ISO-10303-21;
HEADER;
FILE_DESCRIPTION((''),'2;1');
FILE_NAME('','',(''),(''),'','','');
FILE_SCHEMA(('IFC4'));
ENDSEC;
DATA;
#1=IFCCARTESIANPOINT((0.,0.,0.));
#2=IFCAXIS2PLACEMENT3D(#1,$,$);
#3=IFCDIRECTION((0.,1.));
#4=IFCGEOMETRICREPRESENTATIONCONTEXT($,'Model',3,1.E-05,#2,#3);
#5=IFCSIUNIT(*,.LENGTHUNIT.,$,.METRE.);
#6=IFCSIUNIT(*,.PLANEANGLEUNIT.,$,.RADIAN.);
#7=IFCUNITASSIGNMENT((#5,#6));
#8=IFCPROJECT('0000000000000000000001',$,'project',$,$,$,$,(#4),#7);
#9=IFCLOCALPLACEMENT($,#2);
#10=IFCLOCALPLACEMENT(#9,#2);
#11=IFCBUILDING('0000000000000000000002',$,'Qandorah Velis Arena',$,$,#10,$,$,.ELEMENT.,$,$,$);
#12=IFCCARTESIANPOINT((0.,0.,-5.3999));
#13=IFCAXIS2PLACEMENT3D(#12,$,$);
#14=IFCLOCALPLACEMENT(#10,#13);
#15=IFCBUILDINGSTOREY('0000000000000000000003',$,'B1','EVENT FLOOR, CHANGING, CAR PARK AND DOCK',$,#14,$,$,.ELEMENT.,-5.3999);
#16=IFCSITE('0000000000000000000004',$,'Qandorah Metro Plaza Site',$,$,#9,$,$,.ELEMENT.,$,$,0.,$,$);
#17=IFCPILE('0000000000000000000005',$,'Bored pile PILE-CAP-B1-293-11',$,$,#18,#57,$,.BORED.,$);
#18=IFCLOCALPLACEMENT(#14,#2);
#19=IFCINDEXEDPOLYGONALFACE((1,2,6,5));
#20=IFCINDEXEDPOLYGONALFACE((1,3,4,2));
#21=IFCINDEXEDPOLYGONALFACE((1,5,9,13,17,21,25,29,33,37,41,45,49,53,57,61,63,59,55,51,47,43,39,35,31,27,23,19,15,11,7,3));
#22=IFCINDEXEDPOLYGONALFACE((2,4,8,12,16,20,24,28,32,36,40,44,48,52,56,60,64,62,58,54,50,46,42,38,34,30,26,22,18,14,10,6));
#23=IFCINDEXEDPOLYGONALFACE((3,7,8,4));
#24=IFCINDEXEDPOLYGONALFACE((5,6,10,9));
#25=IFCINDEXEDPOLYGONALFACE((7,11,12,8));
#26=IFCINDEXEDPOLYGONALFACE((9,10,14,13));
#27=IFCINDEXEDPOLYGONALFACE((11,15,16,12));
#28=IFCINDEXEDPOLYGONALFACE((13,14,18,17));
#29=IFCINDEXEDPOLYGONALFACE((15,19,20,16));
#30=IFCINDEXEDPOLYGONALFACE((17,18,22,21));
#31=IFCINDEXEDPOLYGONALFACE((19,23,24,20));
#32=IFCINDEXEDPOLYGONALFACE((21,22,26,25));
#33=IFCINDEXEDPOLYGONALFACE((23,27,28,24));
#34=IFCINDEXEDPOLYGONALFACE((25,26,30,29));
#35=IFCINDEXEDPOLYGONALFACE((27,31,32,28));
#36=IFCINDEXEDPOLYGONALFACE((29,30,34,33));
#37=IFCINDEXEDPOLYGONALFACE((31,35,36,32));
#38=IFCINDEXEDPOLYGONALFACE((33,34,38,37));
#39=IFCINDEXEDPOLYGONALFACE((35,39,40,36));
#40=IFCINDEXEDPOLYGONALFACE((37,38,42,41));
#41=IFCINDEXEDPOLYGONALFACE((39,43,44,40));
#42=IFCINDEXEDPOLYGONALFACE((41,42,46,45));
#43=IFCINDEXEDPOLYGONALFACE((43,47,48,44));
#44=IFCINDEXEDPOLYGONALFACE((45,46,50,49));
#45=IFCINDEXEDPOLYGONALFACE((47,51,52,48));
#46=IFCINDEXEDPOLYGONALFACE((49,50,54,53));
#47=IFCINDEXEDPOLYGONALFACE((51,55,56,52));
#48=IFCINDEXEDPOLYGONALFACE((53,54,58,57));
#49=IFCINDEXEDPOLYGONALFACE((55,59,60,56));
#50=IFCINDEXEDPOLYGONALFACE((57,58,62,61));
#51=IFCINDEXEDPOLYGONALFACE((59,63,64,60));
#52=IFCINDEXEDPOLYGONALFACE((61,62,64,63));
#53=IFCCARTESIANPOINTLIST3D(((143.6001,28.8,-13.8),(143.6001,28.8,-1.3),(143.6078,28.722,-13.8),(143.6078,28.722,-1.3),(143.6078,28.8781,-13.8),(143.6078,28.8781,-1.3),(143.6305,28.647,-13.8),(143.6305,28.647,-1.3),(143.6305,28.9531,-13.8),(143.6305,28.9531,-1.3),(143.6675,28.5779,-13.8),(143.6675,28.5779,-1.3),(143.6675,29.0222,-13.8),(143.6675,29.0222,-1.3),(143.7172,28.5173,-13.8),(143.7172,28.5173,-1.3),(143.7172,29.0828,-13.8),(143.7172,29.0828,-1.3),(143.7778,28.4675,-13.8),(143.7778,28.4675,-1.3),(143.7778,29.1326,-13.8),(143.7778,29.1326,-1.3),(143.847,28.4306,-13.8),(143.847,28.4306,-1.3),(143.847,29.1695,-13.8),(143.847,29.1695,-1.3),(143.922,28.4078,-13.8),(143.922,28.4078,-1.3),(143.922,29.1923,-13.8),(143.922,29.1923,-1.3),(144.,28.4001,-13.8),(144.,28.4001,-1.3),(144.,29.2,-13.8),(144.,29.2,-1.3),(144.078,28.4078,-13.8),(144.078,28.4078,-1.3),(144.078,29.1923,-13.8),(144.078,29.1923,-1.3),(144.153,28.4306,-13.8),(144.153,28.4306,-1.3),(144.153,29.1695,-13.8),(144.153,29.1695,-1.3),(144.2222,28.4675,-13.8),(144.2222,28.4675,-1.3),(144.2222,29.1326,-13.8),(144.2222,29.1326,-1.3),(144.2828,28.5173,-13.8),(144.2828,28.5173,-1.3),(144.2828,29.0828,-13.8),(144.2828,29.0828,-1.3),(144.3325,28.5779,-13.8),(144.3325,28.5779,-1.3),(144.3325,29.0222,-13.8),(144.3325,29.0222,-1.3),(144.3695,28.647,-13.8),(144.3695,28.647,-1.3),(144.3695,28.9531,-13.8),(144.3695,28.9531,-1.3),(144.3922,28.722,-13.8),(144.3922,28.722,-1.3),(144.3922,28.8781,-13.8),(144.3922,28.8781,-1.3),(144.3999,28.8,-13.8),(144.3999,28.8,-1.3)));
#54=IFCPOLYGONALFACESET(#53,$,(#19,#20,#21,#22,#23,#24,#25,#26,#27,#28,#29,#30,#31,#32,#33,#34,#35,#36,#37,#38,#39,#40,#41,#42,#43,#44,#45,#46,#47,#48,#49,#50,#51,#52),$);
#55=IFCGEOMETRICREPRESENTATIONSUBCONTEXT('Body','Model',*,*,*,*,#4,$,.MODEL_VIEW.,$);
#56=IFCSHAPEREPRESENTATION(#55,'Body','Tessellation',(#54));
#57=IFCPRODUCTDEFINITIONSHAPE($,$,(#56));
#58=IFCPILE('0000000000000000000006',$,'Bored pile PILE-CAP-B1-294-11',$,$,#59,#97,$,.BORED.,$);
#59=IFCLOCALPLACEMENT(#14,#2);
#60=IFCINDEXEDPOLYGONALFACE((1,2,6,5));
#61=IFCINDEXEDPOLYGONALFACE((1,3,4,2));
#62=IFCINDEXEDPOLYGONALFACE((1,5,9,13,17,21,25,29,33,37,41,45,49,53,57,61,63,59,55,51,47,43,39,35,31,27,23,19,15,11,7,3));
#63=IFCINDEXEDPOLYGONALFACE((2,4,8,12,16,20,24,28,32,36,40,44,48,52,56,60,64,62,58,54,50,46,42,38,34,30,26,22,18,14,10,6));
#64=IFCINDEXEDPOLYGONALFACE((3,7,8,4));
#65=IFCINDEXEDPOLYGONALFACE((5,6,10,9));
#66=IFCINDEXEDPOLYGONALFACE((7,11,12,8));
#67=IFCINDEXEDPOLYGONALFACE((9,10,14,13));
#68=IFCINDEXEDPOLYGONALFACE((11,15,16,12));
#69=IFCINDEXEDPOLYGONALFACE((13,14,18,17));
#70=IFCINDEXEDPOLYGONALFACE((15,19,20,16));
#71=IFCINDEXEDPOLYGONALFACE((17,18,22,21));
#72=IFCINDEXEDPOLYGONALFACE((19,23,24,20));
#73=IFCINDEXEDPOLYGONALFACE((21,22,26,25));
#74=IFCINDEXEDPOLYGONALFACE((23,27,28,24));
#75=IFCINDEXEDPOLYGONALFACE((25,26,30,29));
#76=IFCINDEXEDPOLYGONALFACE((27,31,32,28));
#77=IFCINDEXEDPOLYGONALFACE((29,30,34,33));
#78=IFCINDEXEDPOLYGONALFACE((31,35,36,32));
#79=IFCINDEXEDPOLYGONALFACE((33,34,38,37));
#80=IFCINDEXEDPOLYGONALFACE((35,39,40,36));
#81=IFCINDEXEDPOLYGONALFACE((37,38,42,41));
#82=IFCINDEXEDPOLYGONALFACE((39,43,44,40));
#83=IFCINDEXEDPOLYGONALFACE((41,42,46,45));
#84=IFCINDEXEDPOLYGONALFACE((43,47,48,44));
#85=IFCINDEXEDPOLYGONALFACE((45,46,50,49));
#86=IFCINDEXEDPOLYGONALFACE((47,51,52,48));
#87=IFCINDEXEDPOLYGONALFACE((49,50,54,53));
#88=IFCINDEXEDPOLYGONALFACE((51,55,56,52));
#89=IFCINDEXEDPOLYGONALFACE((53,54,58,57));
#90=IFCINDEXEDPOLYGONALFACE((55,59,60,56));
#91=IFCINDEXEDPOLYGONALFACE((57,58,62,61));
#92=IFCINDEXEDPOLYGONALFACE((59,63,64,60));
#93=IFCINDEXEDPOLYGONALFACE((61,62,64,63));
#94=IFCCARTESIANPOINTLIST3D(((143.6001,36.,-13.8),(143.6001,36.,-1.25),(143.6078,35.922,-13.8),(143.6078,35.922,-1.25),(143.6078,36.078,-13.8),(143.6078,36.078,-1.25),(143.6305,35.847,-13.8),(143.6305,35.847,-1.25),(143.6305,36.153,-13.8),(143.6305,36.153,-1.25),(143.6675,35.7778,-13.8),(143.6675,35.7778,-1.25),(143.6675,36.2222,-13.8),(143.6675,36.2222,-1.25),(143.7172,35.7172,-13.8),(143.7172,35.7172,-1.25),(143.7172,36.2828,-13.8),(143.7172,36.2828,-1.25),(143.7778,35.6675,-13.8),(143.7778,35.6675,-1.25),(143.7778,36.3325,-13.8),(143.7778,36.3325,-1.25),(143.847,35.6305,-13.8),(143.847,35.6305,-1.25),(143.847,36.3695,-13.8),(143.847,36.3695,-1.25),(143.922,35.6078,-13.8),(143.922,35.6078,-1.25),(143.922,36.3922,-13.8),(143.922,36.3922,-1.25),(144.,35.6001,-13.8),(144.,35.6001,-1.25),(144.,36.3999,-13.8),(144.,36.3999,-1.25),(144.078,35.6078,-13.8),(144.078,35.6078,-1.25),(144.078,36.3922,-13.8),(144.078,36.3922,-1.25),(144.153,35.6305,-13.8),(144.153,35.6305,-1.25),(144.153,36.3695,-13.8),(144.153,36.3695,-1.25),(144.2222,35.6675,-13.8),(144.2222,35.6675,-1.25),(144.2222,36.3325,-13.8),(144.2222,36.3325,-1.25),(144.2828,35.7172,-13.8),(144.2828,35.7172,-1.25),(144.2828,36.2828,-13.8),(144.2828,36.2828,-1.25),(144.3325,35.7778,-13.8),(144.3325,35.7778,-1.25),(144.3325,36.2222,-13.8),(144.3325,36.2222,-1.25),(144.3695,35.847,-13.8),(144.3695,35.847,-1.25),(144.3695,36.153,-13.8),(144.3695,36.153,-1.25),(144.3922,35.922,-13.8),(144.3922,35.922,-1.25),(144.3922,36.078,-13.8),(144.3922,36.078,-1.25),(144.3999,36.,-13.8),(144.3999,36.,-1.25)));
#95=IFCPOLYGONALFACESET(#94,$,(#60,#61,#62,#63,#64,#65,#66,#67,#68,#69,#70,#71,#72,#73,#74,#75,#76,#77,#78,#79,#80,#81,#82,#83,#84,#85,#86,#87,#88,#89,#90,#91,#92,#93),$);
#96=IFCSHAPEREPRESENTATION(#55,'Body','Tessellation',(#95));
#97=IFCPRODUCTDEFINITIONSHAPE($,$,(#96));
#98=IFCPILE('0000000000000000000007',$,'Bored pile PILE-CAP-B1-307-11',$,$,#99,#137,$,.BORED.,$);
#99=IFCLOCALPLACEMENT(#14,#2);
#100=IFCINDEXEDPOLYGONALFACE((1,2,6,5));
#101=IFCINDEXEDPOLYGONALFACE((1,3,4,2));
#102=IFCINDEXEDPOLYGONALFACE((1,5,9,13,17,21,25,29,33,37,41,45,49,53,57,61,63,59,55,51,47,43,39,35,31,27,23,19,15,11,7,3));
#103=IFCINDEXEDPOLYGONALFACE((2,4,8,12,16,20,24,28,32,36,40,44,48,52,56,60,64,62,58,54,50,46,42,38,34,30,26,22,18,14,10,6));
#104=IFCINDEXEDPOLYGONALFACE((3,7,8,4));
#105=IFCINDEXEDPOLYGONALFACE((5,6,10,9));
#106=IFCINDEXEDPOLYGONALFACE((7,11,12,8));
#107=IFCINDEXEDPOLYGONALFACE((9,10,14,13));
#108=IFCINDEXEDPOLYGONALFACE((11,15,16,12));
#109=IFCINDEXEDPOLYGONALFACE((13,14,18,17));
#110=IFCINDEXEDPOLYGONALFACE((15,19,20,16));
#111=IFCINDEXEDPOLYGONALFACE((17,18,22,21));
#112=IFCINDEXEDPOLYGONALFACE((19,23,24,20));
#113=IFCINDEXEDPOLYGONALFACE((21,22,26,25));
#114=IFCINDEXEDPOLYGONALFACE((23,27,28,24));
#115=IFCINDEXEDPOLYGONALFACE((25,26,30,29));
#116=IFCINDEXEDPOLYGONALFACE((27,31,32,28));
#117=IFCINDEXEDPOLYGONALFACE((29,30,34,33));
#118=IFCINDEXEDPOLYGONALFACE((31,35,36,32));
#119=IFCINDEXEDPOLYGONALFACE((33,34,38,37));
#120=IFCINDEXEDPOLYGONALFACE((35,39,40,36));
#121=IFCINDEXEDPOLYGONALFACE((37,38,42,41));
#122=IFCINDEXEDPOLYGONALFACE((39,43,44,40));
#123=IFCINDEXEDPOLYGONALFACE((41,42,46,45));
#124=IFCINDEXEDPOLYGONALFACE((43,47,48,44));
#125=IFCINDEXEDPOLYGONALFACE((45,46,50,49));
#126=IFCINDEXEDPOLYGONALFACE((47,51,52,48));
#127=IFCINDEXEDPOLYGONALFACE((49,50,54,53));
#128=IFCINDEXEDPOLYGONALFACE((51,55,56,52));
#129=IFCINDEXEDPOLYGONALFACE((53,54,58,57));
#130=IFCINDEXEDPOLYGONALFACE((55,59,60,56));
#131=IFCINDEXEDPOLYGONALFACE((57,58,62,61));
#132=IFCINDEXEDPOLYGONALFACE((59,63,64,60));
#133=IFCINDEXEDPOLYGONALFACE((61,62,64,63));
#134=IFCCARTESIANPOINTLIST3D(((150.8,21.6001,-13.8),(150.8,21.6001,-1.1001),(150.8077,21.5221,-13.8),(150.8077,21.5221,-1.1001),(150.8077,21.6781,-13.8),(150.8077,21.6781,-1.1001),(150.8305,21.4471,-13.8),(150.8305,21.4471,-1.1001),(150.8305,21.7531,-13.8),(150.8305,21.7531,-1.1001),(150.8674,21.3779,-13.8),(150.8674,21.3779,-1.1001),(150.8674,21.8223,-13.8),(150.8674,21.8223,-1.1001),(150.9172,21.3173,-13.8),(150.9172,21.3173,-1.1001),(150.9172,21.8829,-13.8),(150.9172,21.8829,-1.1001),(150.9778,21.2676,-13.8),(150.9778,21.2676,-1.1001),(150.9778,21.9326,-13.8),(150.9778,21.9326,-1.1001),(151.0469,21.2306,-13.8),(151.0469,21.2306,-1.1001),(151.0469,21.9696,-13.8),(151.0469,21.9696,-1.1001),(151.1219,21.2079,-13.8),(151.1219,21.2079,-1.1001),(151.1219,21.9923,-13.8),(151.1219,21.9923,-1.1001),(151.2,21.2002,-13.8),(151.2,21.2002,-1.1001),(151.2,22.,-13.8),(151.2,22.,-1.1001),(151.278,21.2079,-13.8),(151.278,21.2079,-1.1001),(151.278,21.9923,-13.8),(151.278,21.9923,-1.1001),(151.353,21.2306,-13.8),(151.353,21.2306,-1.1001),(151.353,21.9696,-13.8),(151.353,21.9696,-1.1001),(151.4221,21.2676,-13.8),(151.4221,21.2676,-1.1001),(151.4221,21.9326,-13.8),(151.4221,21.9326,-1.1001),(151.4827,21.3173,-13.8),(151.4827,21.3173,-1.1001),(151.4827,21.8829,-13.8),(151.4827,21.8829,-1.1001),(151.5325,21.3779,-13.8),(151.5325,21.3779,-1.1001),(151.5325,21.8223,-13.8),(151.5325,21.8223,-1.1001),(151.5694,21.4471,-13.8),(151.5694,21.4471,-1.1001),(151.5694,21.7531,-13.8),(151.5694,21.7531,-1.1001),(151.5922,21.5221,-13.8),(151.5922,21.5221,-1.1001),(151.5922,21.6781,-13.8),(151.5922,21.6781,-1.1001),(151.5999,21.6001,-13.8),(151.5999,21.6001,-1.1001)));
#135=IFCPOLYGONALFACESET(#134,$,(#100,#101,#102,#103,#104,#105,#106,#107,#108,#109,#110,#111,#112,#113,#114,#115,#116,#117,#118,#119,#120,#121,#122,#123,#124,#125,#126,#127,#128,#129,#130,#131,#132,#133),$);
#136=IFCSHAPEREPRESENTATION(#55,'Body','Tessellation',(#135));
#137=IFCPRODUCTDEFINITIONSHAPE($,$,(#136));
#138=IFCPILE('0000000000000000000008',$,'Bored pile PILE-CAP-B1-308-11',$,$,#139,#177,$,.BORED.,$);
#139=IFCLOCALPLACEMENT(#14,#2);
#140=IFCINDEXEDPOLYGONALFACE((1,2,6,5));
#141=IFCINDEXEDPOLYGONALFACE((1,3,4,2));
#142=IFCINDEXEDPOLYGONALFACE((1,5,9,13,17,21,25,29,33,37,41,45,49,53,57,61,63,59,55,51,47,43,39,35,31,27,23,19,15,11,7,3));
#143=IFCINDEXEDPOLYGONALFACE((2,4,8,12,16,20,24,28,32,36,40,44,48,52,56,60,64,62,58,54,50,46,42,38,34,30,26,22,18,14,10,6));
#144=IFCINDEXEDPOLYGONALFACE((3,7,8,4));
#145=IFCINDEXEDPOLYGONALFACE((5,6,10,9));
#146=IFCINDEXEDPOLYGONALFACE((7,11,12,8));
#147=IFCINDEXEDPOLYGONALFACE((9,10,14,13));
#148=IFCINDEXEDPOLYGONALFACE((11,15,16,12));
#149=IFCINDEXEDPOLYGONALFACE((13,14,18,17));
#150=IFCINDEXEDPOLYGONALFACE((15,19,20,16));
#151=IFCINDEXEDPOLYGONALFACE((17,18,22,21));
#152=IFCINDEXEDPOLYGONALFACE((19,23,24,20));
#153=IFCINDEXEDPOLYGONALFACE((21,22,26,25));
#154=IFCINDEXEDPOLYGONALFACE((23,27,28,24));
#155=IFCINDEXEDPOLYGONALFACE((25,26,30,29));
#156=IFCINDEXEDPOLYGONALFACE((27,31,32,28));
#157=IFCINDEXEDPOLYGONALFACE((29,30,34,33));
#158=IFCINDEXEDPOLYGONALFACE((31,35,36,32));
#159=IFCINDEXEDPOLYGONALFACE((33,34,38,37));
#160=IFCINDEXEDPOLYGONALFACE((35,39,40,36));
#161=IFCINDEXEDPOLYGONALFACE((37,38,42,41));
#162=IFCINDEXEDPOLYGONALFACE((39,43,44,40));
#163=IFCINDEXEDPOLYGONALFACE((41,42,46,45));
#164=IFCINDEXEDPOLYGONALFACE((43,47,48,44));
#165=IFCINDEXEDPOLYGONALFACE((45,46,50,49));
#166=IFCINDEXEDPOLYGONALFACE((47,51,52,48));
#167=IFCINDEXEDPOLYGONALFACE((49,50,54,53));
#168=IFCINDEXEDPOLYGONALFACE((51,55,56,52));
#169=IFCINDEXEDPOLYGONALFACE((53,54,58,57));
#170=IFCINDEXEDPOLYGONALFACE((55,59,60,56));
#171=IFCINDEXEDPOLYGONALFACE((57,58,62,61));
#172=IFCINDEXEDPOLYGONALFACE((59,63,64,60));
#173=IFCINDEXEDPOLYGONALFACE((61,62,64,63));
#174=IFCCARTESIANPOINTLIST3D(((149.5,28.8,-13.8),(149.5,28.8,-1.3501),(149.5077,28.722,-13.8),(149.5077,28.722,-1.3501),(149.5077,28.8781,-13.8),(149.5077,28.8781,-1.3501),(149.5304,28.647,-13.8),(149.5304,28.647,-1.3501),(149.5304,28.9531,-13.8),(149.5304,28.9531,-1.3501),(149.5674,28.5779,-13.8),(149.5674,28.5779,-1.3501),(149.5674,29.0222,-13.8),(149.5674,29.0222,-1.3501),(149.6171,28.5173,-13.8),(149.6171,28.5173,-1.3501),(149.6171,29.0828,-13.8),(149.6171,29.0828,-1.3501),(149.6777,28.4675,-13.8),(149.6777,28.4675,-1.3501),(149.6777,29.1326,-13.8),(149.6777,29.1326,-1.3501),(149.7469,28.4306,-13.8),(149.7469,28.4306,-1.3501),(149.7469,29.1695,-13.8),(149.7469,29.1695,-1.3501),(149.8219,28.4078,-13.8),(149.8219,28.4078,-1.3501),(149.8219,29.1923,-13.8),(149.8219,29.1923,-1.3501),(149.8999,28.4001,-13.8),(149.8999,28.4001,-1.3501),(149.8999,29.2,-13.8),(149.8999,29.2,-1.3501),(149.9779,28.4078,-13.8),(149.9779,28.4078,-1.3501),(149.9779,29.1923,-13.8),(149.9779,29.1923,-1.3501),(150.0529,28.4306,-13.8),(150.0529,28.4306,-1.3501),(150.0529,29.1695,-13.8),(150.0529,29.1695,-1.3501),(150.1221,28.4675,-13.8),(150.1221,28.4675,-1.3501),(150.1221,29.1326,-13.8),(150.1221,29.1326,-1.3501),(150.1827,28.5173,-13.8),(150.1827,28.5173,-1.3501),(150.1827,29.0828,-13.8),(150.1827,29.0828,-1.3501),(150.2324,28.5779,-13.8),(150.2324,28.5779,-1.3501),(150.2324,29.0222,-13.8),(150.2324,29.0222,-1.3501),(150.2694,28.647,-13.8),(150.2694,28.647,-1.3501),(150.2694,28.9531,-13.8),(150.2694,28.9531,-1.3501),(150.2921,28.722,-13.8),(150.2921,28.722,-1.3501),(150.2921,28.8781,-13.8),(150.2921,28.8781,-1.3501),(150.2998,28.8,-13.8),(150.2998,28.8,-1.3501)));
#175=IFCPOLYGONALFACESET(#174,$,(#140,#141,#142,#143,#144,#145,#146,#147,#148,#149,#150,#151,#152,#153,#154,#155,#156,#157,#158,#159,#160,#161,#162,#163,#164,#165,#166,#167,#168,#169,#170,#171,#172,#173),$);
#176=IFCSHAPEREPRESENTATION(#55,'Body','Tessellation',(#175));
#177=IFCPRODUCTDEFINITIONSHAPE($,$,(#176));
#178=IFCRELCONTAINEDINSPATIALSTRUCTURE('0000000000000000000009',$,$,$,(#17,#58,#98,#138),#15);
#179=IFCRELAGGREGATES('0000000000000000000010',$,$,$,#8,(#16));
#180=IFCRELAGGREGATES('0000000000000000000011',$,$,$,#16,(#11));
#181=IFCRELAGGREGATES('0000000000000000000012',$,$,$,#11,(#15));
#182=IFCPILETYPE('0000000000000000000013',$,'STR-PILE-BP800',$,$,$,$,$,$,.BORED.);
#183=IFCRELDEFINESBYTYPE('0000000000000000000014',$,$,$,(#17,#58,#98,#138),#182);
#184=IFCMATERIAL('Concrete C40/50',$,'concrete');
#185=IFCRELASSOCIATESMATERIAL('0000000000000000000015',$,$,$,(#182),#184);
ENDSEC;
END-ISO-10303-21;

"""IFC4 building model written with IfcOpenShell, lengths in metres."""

from ifc_helpers import new_model, si_unit, direction, frame, origin, origin_2d, place, context, subcontext, project, spatial, circle, extrude, material, material_profile, profile_set, type_object, element, save


model = new_model("IFC4")

# Units and contexts
model_context = context("Model", 3, precision=1e-05, world=origin(), true_north=direction((0.0, 1.0)))
body_context = subcontext(model_context, "Body", "Model", "MODEL_VIEW")
ifc_project = project(units=[si_unit("LENGTHUNIT", "METRE"), si_unit("PLANEANGLEUNIT", "RADIAN")], contexts=[model_context])

# Site, building, storey
site_placement = place(None, origin())
site = spatial("IfcSite", under=ifc_project, at=site_placement, Name="Qandorah Metro Plaza Site", CompositionType="ELEMENT", RefElevation=0.0)
building_placement = place(site_placement, origin())
building = spatial("IfcBuilding", under=site, at=building_placement, Name="Qandorah Velis Arena", CompositionType="ELEMENT")
storey_placement = place(building_placement, frame((0.0, 0.0, -5.3999)))
storey = spatial("IfcBuildingStorey", under=building, at=storey_placement, Name="B1", Description="EVENT FLOOR, CHANGING, CAR PARK AND DOCK", CompositionType="ELEMENT", Elevation=-5.3999)

# Shared definitions
ifc_material = material(Name="Concrete C40/50", Category="concrete")

# Piles
ifc_material_profile_1 = material_profile(ifc_material, circle(Radius=0.3999, at=origin_2d()), Name="BORED PILE D800")
ifc_profile_set_1 = profile_set([ifc_material_profile_1], Name="Concrete C40/50")
pile_type_1 = type_object("IfcPileType", Name="STR-PILE-BP800", PredefinedType="BORED", material=ifc_profile_set_1)
pile_1_placement = place(storey_placement, frame((144.0, 28.8, -1.3), z_axis=(0.0, 0.0, -1.0), x_axis=(1.0, 0.0, 0.0)))
element("IfcPile", 1, at=pile_1_placement, inside=storey, type_object=pile_type_1, Name="Bored pile PILE-CAP-B1-293-11", PredefinedType="BORED", context=body_context, shape_type="SweptSolid", body=[
    extrude(circle(Radius=0.3999, at=origin_2d()), origin(), (0.0, 0.0, 1.0), 12.5),
])
pile_2_placement = place(storey_placement, frame((144.0, 36.0, -1.25), z_axis=(0.0, 0.0, -1.0), x_axis=(1.0, 0.0, 0.0)))
element("IfcPile", 2, at=pile_2_placement, inside=storey, type_object=pile_type_1, Name="Bored pile PILE-CAP-B1-294-11", PredefinedType="BORED", context=body_context, shape_type="SweptSolid", body=[
    extrude(circle(Radius=0.3999, at=origin_2d()), origin(), (0.0, 0.0, 1.0), 12.55),
])
pile_3_placement = place(storey_placement, frame((151.2, 21.6001, -1.1001), z_axis=(0.0, 0.0, -1.0), x_axis=(1.0, 0.0, 0.0)))
element("IfcPile", 3, at=pile_3_placement, inside=storey, type_object=pile_type_1, Name="Bored pile PILE-CAP-B1-307-11", PredefinedType="BORED", context=body_context, shape_type="SweptSolid", body=[
    extrude(circle(Radius=0.3999, at=origin_2d()), origin(), (0.0, 0.0, 1.0), 12.7),
])
for number, where, z_axis, x_axis, name in (
    (4, (149.8999, 28.8, -1.3501), (0.0, 0.0, -1.0), (1.0, 0.0, 0.0), "Bored pile PILE-CAP-B1-308-11"),
):
    element("IfcPile", number, at=place(storey_placement, frame(where, z_axis=z_axis, x_axis=x_axis)), inside=storey, type_object=pile_type_1, Name=name, PredefinedType="BORED", context=body_context, shape_type="SweptSolid", body=[
        extrude(circle(Radius=0.3999, at=origin_2d()), origin(), (0.0, 0.0, 1.0), 12.45),
    ])

save(model, "model.ifc")
